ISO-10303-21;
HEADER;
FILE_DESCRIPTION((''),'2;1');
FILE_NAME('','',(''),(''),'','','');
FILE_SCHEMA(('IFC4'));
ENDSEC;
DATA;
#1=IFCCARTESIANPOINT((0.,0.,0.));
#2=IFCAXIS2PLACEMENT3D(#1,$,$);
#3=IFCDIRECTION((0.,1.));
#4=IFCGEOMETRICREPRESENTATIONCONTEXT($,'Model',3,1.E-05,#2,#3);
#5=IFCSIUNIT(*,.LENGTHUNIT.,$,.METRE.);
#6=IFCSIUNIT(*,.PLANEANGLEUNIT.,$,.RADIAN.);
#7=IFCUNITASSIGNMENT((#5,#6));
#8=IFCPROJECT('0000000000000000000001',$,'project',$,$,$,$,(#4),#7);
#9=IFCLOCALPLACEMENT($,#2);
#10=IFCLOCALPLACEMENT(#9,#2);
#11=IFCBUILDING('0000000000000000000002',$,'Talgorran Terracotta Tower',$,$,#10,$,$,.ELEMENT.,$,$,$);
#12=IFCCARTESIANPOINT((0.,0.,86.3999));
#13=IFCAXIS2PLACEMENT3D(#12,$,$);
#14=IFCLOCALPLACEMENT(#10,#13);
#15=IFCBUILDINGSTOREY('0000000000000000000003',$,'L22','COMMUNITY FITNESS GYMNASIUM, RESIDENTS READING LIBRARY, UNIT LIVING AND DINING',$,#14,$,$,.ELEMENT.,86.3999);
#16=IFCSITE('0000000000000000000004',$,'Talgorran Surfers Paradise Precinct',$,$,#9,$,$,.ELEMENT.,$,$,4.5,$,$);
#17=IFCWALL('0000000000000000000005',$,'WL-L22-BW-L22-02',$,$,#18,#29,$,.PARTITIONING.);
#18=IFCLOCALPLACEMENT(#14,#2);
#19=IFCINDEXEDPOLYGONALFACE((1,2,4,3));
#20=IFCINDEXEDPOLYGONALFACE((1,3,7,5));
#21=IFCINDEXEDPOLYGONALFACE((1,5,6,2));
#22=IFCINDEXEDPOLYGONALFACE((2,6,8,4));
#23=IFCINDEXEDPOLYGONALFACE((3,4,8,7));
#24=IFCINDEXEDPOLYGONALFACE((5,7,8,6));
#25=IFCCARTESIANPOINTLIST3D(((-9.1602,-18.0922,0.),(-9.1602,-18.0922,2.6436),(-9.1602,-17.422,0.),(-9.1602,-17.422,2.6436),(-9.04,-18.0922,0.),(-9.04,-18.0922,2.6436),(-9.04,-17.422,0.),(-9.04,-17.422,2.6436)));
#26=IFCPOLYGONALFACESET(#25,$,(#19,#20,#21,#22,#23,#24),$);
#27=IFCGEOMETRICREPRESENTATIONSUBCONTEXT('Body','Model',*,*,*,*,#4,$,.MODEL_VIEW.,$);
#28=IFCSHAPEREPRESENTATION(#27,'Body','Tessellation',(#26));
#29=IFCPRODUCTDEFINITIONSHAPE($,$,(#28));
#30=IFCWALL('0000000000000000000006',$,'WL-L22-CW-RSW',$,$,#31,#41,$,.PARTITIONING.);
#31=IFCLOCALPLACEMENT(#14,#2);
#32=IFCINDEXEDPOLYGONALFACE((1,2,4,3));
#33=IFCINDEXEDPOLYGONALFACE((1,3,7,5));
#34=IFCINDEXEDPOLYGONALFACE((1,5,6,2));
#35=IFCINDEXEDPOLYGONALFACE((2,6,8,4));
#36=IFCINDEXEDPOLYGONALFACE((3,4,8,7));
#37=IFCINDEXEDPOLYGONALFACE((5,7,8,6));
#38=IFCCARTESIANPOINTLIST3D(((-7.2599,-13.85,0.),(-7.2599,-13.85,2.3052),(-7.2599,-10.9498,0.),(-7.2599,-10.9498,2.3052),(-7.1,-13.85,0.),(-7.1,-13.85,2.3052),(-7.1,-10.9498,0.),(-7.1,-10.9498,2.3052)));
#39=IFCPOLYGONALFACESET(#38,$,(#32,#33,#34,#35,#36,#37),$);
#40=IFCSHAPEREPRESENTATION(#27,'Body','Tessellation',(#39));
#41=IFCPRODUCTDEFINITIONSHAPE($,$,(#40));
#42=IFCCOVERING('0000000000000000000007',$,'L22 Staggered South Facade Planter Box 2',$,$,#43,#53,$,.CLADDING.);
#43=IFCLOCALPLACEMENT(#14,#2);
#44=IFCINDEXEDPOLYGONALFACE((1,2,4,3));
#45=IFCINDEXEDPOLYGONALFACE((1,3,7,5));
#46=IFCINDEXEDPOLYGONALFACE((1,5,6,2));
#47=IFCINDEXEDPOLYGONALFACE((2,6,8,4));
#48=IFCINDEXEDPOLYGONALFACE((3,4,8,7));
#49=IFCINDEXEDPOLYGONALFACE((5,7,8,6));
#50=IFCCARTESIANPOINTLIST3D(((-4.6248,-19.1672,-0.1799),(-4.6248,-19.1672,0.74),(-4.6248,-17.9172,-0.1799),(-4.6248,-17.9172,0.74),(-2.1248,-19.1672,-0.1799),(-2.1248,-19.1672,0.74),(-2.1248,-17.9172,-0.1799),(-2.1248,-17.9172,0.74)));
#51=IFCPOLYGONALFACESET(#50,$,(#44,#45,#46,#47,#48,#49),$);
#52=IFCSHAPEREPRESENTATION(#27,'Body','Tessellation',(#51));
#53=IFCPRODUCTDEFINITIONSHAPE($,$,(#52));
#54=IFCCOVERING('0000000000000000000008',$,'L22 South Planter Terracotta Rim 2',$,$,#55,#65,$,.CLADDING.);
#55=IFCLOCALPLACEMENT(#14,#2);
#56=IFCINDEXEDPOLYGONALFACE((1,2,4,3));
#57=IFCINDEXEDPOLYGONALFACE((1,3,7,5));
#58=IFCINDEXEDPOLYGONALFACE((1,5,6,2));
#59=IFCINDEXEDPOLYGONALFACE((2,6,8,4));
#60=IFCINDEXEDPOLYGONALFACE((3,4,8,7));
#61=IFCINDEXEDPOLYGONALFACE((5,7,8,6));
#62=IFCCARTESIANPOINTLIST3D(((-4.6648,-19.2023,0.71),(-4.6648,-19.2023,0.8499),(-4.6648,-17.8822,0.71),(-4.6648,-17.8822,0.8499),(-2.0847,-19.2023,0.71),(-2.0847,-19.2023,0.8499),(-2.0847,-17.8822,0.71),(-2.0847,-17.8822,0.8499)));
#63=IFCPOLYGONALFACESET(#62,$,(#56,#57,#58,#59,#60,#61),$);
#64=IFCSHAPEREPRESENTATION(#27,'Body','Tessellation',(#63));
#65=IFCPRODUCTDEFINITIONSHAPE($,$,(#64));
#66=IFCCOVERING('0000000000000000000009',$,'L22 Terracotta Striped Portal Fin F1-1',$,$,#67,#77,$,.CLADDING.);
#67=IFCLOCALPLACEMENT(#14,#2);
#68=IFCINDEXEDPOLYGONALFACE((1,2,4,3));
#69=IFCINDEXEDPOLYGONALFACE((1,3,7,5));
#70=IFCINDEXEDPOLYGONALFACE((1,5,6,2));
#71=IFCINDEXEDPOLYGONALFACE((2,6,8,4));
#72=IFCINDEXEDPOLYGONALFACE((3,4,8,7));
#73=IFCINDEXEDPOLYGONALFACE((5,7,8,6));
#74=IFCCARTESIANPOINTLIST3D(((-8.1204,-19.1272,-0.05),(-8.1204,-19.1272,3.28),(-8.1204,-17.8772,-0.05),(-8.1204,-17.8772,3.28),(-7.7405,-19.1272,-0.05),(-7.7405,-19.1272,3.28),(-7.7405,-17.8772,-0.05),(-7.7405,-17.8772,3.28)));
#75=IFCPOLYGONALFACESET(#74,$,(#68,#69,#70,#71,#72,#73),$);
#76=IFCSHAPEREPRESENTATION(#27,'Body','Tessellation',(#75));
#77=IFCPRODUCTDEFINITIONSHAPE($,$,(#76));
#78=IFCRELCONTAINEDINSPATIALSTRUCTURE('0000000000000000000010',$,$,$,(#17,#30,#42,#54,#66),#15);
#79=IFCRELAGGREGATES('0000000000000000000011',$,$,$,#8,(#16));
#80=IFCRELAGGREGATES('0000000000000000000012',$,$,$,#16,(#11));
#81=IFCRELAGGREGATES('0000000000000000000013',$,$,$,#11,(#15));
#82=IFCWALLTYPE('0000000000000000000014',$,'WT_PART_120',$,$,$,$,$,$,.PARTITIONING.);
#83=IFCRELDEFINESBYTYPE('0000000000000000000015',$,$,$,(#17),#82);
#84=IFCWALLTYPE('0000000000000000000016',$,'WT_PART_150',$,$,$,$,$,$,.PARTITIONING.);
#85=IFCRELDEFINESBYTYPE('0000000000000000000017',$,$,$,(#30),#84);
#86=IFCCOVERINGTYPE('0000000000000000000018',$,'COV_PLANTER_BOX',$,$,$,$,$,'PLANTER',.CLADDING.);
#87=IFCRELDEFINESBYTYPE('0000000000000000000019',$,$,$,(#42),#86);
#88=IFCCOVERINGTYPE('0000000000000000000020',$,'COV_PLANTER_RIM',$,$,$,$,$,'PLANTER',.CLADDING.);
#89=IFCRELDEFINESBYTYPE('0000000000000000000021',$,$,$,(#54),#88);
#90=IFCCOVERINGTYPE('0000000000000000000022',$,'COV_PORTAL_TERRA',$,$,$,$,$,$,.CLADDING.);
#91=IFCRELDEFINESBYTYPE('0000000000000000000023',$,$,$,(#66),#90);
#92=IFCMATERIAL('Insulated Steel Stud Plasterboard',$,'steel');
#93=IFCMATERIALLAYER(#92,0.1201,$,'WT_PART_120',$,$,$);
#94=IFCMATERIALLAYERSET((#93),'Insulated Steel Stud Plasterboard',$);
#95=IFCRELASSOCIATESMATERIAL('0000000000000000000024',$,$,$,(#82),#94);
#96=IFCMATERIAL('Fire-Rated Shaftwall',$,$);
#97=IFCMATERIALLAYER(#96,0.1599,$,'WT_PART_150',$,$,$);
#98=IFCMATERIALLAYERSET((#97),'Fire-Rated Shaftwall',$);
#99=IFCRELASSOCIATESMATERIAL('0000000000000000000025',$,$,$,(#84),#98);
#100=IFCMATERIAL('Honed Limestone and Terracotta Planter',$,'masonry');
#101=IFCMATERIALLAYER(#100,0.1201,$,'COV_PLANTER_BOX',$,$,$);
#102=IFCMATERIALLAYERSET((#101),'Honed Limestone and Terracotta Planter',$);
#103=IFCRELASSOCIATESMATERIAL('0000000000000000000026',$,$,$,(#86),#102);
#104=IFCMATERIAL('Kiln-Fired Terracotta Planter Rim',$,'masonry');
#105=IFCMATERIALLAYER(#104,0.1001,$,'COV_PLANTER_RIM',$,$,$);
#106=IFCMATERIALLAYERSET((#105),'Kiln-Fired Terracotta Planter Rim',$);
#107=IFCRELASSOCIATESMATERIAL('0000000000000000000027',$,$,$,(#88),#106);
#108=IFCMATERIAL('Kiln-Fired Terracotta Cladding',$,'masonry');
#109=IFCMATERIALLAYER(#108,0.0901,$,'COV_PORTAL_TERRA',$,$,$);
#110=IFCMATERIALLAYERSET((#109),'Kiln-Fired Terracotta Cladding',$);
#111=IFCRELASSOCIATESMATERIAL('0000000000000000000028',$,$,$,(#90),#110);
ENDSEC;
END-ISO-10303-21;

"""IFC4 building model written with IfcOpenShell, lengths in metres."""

from ifc_helpers import new_model, si_unit, direction, frame, frame_2d, origin, origin_2d, place, context, subcontext, project, spatial, rectangle, extrude, material, layer, layer_set, type_object, element, save


model = new_model("IFC4")

# Units and contexts
model_context = context("Model", 3, precision=1e-05, world=origin(), true_north=direction((0.0, 1.0)))
body_context = subcontext(model_context, "Body", "Model", "MODEL_VIEW")
ifc_project = project(units=[si_unit("LENGTHUNIT", "METRE"), si_unit("PLANEANGLEUNIT", "RADIAN")], contexts=[model_context])

# Site, building, storey
site_placement = place(None, origin())
site = spatial("IfcSite", under=ifc_project, at=site_placement, Name="Talgorran Surfers Paradise Precinct", CompositionType="ELEMENT", RefElevation=4.5)
building_placement = place(site_placement, origin())
building = spatial("IfcBuilding", under=site, at=building_placement, Name="Talgorran Terracotta Tower", CompositionType="ELEMENT")
storey_placement = place(building_placement, frame((0.0, 0.0, 86.3999)))
storey = spatial("IfcBuildingStorey", under=building, at=storey_placement, Name="L22", Description="COMMUNITY FITNESS GYMNASIUM, RESIDENTS READING LIBRARY, UNIT LIVING AND DINING", CompositionType="ELEMENT", Elevation=86.3999)

# Walls
ifc_material_1 = material(Name="Insulated Steel Stud Plasterboard", Category="steel")
ifc_layer_1 = layer(ifc_material_1, 0.1201, Name="WT_PART_120")
ifc_layer_set_1 = layer_set([ifc_layer_1], Name="Insulated Steel Stud Plasterboard")
wall_type_1 = type_object("IfcWallType", Name="WT_PART_120", PredefinedType="PARTITIONING", material=ifc_layer_set_1)
wall_1_placement = place(storey_placement, frame((-9.1001, -17.4221, 0.0), z_axis=(0.0, 0.0, 1.0), x_axis=(0.0, -1.0, 0.0)))
element("IfcWall", 1, at=wall_1_placement, inside=storey, type_object=wall_type_1, Name="WL-L22-BW-L22-02", PredefinedType="PARTITIONING", context=body_context, shape_type="SweptSolid", body=[
    extrude(rectangle(XDim=0.6702, YDim=0.1201, at=frame_2d((0.335, 0.0))), origin(), (0.0, 0.0, 1.0), 2.6436),
])
ifc_material_2 = material(Name="Fire-Rated Shaftwall")
ifc_layer_2 = layer(ifc_material_2, 0.1599, Name="WT_PART_150")
ifc_layer_set_2 = layer_set([ifc_layer_2], Name="Fire-Rated Shaftwall")
wall_type_2 = type_object("IfcWallType", Name="WT_PART_150", PredefinedType="PARTITIONING", material=ifc_layer_set_2)
wall_2_placement = place(storey_placement, frame((-7.1799, -13.8501, 0.0), z_axis=(0.0, 0.0, 1.0), x_axis=(0.0, 1.0, 0.0)))
element("IfcWall", 2, at=wall_2_placement, inside=storey, type_object=wall_type_2, Name="WL-L22-CW-RSW", PredefinedType="PARTITIONING", context=body_context, shape_type="SweptSolid", body=[
    extrude(rectangle(XDim=2.9001, YDim=0.1599, at=frame_2d((1.4502, 0.0))), origin(), (0.0, 0.0, 1.0), 2.3052),
])

# Coverings
ifc_material_3 = material(Name="Honed Limestone and Terracotta Planter", Category="masonry")
ifc_layer_3 = layer(ifc_material_3, 0.1201, Name="COV_PLANTER_BOX")
ifc_layer_set_3 = layer_set([ifc_layer_3], Name="Honed Limestone and Terracotta Planter")
covering_type_1 = type_object("IfcCoveringType", Name="COV_PLANTER_BOX", ElementType="PLANTER", PredefinedType="CLADDING", material=ifc_layer_set_3)
covering_1_placement = place(storey_placement, frame((-3.3748, -18.5422, -0.1799), z_axis=(0.0, 0.0, 1.0), x_axis=(1.0, 0.0, 0.0)))
element("IfcCovering", 3, at=covering_1_placement, inside=storey, type_object=covering_type_1, Name="L22 Staggered South Facade Planter Box 2", PredefinedType="CLADDING", context=body_context, shape_type="SweptSolid", body=[
    extrude(rectangle(XDim=2.5, YDim=1.25, at=origin_2d()), origin(), (0.0, 0.0, 1.0), 0.9199),
])
ifc_material_4 = material(Name="Kiln-Fired Terracotta Planter Rim", Category="masonry")
ifc_layer_4 = layer(ifc_material_4, 0.1001, Name="COV_PLANTER_RIM")
ifc_layer_set_4 = layer_set([ifc_layer_4], Name="Kiln-Fired Terracotta Planter Rim")
covering_type_2 = type_object("IfcCoveringType", Name="COV_PLANTER_RIM", ElementType="PLANTER", PredefinedType="CLADDING", material=ifc_layer_set_4)
covering_2_placement = place(storey_placement, frame((-3.3748, -18.5422, 0.71), z_axis=(0.0, 0.0, 1.0), x_axis=(1.0, 0.0, 0.0)))
element("IfcCovering", 4, at=covering_2_placement, inside=storey, type_object=covering_type_2, Name="L22 South Planter Terracotta Rim 2", PredefinedType="CLADDING", context=body_context, shape_type="SweptSolid", body=[
    extrude(rectangle(XDim=2.5801, YDim=1.3201, at=origin_2d()), origin(), (0.0, 0.0, 1.0), 0.1399),
])
ifc_material_5 = material(Name="Kiln-Fired Terracotta Cladding", Category="masonry")
ifc_layer_5 = layer(ifc_material_5, 0.0901, Name="COV_PORTAL_TERRA")
ifc_layer_set_5 = layer_set([ifc_layer_5], Name="Kiln-Fired Terracotta Cladding")
covering_type_3 = type_object("IfcCoveringType", Name="COV_PORTAL_TERRA", PredefinedType="CLADDING", material=ifc_layer_set_5)
covering_3_placement = place(storey_placement, frame((-7.9304, -18.5022, -0.05), z_axis=(0.0, 0.0, 1.0), x_axis=(1.0, 0.0, 0.0)))
element("IfcCovering", 5, at=covering_3_placement, inside=storey, type_object=covering_type_3, Name="L22 Terracotta Striped Portal Fin F1-1", PredefinedType="CLADDING", context=body_context, shape_type="SweptSolid", body=[
    extrude(rectangle(XDim=0.3799, YDim=1.25, at=origin_2d()), origin(), (0.0, 0.0, 1.0), 3.3301),
])

save(model, "model.ifc")
